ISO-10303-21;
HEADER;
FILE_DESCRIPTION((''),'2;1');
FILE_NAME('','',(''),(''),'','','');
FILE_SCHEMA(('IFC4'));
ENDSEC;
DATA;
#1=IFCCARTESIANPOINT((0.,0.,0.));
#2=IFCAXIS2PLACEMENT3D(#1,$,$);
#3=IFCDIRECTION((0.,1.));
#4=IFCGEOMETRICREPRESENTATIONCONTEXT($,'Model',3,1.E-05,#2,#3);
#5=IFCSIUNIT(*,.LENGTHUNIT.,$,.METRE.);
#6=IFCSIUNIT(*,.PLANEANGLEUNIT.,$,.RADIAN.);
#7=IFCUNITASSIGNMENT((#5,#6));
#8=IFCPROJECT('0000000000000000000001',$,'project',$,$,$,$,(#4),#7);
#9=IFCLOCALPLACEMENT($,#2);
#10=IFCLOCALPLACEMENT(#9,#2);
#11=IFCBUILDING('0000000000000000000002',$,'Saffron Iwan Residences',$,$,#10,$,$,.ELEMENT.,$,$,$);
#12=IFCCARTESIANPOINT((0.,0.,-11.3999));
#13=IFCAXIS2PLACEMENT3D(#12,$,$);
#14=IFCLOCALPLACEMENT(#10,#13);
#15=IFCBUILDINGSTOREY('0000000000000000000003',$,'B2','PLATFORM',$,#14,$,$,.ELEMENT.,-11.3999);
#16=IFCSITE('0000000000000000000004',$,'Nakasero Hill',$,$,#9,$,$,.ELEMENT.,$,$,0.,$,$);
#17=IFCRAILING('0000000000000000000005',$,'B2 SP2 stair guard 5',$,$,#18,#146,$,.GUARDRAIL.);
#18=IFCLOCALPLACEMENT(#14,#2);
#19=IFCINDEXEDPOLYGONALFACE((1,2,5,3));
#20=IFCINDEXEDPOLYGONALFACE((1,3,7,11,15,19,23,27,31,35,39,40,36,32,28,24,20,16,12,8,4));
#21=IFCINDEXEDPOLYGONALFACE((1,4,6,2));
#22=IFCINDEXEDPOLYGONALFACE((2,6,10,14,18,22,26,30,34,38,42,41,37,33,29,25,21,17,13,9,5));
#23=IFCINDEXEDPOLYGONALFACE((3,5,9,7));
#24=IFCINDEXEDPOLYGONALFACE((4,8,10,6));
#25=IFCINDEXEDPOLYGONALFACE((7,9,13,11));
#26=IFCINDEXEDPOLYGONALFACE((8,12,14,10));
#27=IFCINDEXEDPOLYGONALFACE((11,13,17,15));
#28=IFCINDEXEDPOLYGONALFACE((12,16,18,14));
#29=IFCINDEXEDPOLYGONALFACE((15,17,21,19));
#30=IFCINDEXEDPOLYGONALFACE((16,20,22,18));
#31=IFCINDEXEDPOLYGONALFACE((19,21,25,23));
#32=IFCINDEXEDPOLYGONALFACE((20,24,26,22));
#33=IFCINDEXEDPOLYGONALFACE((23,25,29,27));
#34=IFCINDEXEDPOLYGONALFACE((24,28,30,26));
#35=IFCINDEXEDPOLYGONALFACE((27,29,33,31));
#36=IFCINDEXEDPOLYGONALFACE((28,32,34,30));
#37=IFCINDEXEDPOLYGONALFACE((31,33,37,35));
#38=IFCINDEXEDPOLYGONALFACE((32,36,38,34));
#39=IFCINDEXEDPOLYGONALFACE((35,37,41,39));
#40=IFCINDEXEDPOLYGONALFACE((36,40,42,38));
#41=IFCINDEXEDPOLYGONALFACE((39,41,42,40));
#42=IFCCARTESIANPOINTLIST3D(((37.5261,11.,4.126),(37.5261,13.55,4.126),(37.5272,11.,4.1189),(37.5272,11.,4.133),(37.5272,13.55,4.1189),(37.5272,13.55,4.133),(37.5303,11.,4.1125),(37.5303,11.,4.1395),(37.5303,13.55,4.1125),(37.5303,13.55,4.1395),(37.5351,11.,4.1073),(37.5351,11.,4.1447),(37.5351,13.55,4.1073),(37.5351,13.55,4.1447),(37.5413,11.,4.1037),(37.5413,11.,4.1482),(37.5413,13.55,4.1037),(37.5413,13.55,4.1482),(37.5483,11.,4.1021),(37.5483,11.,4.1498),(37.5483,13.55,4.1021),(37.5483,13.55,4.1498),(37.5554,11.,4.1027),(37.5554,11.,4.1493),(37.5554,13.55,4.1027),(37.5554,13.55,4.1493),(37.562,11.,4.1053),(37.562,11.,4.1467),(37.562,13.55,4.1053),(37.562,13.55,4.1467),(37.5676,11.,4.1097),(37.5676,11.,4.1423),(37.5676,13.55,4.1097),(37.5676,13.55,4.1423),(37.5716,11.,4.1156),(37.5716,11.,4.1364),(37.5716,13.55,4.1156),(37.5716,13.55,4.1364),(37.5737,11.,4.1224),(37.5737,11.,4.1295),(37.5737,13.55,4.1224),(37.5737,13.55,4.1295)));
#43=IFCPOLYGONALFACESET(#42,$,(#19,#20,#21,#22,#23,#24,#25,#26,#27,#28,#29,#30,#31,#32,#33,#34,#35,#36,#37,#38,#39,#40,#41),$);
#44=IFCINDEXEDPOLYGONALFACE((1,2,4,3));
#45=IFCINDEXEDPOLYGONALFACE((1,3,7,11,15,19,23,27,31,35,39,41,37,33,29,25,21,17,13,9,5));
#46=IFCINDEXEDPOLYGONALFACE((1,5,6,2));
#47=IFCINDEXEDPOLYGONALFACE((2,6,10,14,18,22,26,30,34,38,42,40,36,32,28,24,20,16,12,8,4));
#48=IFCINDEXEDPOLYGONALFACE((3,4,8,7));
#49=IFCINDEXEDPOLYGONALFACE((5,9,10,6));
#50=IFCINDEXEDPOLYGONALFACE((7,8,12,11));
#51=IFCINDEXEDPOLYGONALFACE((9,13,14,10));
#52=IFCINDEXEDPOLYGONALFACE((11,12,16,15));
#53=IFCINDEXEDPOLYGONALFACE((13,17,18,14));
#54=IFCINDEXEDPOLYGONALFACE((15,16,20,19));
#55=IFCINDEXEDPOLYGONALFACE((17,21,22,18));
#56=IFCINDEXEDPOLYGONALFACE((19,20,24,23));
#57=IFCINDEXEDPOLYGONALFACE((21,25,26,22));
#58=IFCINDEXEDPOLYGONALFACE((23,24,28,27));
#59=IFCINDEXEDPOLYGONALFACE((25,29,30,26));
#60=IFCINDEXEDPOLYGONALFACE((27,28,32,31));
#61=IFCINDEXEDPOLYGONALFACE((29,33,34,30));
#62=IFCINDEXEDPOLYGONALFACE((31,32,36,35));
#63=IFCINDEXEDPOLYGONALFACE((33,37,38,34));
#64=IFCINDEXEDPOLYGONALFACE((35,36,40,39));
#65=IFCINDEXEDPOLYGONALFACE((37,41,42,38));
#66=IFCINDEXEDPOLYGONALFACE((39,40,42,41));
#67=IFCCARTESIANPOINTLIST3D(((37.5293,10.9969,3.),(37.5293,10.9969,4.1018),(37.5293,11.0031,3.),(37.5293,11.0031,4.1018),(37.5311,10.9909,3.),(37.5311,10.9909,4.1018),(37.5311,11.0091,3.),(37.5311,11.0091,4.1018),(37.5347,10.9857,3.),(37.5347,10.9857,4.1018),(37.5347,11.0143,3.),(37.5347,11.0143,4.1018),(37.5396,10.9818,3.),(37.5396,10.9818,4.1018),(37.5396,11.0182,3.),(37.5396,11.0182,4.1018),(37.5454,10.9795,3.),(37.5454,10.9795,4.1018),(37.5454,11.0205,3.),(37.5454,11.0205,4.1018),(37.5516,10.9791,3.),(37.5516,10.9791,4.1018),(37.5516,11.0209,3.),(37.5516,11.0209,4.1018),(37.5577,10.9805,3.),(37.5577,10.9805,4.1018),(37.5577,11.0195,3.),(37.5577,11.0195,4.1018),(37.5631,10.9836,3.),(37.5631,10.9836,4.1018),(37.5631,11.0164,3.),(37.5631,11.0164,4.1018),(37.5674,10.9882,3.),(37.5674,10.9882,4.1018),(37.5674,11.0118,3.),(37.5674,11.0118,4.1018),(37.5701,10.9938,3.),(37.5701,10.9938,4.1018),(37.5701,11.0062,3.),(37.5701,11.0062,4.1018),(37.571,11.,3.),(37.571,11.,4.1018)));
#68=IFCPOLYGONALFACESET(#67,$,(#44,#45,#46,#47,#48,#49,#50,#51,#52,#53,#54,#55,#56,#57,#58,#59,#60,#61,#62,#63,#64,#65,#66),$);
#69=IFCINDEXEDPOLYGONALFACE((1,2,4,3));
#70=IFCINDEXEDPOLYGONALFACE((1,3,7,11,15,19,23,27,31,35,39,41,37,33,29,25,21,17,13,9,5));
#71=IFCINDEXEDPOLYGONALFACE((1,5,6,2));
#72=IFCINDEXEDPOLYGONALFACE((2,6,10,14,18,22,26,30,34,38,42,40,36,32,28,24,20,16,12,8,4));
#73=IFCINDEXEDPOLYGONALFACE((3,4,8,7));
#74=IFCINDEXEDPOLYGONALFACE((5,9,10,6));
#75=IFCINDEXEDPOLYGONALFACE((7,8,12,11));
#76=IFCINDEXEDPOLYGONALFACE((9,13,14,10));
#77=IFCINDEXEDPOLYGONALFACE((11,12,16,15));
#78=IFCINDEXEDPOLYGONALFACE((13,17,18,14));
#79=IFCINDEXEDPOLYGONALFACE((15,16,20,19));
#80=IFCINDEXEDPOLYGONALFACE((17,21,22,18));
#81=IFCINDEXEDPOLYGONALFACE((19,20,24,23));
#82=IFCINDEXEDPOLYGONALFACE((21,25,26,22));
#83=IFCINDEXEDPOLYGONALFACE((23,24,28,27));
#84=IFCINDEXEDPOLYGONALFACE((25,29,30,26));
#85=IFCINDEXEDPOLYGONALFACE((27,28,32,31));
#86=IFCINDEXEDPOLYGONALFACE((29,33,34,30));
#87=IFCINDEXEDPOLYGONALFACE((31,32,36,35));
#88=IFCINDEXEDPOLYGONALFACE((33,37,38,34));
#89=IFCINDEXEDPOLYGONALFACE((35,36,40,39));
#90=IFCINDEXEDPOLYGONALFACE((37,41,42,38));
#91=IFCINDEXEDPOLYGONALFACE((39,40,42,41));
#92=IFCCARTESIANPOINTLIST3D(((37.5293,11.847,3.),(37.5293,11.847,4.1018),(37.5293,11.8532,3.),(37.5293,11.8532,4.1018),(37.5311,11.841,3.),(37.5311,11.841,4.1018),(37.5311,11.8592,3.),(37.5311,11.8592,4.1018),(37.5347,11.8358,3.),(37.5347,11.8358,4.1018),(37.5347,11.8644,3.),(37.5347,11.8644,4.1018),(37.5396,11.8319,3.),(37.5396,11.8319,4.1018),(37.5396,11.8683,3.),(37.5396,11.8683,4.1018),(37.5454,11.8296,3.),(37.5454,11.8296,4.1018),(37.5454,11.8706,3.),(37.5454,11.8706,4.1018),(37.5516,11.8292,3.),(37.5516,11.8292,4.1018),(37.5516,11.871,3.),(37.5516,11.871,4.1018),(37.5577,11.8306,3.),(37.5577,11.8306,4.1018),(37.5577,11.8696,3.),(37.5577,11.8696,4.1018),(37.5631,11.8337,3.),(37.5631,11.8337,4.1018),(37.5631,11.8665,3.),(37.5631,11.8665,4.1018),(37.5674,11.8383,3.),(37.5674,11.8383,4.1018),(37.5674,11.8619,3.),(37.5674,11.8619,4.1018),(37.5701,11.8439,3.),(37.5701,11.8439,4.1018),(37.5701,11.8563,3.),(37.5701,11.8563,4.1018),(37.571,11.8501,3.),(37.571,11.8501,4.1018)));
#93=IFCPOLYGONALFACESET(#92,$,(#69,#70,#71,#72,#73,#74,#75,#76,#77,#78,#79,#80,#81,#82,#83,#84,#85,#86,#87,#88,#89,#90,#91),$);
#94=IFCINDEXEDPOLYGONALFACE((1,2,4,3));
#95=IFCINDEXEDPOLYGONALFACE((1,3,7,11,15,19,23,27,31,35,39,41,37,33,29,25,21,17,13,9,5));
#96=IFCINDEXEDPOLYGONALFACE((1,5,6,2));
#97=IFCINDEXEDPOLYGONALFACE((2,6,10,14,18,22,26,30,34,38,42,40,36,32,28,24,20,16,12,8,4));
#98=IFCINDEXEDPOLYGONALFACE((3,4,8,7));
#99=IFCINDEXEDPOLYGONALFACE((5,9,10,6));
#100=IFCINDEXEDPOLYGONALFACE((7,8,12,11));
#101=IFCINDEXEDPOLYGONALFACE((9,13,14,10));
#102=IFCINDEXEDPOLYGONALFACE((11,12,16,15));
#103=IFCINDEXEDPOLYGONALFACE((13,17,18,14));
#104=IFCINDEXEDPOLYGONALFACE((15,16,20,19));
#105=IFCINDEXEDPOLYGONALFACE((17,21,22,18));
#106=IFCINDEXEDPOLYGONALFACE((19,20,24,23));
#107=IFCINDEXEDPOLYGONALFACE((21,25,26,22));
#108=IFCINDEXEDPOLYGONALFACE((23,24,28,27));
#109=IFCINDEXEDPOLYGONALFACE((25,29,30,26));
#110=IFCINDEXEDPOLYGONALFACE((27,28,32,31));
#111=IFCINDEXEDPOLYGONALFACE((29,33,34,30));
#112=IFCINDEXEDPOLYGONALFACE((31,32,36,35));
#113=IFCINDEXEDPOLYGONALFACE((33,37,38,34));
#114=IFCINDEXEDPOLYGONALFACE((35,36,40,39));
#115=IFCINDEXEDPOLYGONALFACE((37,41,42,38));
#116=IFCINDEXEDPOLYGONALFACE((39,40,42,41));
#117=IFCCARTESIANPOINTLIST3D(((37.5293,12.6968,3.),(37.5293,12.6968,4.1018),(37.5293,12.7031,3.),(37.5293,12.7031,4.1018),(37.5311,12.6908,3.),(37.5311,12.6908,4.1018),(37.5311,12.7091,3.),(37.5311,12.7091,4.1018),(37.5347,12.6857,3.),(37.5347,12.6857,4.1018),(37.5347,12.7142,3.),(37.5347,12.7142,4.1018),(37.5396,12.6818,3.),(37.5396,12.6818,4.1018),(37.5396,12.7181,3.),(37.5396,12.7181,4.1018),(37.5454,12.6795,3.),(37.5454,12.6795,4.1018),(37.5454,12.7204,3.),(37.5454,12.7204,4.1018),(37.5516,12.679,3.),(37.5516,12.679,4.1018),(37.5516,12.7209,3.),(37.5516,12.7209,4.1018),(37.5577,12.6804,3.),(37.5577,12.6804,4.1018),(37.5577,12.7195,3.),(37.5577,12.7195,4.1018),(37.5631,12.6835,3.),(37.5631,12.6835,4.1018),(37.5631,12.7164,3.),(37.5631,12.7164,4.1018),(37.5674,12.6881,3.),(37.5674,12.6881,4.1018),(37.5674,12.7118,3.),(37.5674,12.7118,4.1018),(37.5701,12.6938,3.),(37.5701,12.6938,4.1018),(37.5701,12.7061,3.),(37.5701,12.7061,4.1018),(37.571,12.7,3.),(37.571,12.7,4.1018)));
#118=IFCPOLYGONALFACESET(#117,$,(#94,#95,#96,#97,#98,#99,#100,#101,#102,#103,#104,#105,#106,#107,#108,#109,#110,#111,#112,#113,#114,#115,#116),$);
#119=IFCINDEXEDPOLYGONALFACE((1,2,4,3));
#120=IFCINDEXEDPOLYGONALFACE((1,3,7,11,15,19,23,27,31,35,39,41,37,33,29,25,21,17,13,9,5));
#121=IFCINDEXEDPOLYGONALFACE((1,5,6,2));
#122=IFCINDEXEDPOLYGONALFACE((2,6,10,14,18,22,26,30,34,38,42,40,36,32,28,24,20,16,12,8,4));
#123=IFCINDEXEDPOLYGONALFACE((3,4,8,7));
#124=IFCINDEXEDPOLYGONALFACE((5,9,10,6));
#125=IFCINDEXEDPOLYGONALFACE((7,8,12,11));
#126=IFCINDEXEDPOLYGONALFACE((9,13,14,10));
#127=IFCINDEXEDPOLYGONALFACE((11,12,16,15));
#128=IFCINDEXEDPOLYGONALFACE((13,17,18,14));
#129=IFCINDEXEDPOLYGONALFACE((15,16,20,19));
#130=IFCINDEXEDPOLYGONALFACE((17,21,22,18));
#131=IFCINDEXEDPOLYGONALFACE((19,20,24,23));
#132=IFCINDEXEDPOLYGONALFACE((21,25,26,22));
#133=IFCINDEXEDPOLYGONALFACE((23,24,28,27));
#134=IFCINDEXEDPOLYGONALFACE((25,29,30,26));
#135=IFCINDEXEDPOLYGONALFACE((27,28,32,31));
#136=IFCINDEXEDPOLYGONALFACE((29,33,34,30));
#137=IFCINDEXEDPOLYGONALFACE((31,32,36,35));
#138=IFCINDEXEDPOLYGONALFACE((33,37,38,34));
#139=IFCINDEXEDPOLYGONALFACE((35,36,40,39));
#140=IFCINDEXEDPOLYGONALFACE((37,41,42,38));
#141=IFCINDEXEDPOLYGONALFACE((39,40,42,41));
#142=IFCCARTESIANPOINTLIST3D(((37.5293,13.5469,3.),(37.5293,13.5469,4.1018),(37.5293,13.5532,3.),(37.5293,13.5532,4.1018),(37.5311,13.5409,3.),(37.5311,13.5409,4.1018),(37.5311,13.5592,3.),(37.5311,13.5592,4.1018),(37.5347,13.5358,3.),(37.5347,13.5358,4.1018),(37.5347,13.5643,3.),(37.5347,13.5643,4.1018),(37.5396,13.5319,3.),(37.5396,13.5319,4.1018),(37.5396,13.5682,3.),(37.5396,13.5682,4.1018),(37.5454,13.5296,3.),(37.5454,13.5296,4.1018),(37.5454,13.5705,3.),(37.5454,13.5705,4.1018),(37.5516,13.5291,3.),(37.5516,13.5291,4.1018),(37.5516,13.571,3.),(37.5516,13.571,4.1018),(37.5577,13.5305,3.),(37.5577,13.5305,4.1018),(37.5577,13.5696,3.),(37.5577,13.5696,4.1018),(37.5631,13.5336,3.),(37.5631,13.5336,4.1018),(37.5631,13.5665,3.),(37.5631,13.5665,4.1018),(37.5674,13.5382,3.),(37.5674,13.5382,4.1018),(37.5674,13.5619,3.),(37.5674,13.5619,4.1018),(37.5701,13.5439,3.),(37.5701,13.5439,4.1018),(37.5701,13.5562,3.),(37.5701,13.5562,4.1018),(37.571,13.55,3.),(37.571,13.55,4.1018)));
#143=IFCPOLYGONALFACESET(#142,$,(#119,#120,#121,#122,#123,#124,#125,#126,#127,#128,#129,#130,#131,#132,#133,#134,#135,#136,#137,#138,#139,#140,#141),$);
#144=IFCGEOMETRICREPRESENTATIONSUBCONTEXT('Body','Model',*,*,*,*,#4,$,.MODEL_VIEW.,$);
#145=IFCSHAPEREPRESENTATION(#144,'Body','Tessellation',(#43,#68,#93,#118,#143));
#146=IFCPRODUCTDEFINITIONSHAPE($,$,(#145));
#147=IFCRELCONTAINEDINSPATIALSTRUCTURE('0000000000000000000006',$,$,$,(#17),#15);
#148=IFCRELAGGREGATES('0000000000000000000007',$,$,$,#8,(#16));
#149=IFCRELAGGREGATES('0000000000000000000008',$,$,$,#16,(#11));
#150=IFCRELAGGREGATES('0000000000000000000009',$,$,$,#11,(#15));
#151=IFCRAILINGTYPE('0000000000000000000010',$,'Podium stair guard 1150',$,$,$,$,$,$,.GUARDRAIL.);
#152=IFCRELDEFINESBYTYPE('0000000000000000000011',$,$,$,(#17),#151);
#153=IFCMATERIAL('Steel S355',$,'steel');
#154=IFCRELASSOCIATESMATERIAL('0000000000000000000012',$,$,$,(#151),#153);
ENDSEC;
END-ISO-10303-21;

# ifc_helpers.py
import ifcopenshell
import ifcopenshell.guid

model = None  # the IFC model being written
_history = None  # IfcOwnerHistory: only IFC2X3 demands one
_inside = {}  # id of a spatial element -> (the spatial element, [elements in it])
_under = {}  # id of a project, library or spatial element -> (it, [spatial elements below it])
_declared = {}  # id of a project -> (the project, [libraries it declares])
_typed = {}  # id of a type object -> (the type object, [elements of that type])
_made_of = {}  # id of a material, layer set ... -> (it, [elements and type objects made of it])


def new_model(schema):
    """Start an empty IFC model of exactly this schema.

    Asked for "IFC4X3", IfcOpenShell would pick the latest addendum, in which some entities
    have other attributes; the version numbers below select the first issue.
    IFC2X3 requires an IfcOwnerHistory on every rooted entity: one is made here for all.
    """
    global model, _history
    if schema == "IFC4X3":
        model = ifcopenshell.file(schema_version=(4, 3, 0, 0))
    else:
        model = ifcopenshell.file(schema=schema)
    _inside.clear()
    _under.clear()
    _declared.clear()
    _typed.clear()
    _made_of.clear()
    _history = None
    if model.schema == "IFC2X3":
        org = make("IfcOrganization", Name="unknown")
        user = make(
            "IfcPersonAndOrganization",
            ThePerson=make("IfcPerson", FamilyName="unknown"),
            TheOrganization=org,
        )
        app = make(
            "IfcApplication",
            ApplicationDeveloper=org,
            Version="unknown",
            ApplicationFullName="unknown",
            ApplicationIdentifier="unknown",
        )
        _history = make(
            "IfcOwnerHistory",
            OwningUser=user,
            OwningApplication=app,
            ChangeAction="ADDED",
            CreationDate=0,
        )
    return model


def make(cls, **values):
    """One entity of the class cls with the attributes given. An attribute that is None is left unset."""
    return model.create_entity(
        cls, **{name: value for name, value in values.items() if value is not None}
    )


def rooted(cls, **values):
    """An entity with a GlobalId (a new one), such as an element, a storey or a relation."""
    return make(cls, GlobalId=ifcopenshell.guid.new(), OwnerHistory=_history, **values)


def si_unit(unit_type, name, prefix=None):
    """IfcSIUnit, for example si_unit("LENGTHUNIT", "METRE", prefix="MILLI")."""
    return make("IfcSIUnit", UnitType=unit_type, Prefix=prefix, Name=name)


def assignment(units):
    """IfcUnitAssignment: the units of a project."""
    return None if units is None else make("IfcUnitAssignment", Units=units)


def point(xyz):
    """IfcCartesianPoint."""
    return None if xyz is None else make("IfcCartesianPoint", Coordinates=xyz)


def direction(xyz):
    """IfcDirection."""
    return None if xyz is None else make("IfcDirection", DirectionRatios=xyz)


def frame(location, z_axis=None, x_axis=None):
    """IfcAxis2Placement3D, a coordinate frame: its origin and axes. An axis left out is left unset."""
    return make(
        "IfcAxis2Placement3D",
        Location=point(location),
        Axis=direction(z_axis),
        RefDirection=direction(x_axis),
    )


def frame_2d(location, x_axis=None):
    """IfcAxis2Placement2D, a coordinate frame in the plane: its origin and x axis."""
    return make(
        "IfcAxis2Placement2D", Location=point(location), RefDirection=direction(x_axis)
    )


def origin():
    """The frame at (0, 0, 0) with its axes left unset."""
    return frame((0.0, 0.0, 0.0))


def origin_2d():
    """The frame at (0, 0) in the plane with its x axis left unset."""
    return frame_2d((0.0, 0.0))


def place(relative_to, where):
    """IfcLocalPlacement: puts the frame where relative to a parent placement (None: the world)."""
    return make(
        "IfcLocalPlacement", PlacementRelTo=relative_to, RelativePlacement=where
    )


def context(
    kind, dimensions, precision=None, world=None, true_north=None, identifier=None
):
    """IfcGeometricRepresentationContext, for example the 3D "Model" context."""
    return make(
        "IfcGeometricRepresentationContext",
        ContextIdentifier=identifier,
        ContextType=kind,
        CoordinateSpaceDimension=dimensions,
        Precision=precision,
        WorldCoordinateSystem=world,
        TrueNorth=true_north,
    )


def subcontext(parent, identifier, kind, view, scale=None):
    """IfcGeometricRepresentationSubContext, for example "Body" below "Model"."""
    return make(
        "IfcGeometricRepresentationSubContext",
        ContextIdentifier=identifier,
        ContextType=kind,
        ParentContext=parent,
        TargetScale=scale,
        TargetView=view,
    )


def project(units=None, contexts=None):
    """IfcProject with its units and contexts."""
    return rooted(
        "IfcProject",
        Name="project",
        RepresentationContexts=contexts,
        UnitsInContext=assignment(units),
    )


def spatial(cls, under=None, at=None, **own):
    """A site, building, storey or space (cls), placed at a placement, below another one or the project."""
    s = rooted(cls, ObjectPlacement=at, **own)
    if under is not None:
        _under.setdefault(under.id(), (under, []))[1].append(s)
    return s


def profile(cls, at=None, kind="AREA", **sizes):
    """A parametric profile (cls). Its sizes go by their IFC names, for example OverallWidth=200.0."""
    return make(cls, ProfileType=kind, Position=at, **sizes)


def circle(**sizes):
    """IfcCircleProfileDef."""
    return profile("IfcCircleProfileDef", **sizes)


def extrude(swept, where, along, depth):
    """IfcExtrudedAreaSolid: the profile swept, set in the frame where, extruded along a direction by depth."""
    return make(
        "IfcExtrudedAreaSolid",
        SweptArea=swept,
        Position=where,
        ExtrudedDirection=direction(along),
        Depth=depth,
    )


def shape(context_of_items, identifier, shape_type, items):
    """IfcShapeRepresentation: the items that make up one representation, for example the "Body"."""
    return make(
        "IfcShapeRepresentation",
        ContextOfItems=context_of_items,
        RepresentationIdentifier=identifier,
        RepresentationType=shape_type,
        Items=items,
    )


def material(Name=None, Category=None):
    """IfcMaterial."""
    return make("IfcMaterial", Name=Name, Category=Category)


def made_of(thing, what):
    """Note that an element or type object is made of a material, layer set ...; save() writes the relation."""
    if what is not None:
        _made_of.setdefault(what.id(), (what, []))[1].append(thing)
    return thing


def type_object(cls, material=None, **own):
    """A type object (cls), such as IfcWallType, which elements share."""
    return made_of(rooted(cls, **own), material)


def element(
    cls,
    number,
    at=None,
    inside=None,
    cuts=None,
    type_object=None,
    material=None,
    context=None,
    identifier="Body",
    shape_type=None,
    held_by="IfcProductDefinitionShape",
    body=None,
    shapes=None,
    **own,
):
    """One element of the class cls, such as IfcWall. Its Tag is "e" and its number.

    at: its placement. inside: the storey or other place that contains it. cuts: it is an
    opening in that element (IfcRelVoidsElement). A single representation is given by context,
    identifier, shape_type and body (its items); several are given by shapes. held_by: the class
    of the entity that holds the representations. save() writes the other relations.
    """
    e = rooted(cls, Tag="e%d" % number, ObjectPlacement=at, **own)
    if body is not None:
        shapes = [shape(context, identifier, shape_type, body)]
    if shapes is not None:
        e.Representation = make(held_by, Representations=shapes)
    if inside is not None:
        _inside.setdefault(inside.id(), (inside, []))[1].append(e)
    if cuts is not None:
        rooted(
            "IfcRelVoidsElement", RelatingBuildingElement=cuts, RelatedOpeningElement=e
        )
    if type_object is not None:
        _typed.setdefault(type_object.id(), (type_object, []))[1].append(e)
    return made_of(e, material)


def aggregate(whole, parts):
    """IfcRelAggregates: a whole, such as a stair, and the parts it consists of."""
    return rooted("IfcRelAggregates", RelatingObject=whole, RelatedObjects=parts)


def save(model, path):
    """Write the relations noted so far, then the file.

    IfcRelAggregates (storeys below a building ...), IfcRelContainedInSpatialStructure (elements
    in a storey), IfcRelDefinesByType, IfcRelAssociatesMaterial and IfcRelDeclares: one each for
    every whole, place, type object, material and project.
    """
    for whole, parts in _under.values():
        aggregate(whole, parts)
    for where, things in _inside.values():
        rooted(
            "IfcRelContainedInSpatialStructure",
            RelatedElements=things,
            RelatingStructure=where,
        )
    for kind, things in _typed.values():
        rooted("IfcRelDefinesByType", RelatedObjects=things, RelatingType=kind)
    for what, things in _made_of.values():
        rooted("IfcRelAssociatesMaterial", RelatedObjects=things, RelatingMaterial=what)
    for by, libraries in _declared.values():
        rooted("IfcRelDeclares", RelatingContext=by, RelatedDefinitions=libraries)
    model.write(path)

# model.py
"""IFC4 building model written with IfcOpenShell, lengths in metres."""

from ifc_helpers import new_model, si_unit, direction, frame, origin, origin_2d, place, context, subcontext, project, spatial, circle, extrude, material, type_object, element, save


model = new_model("IFC4")

# Units and contexts
model_context = context("Model", 3, precision=1e-05, world=origin(), true_north=direction((0.0, 1.0)))
body_context = subcontext(model_context, "Body", "Model", "MODEL_VIEW")
ifc_project = project(units=[si_unit("LENGTHUNIT", "METRE"), si_unit("PLANEANGLEUNIT", "RADIAN")], contexts=[model_context])

# Site, building, storey
site_placement = place(None, origin())
site = spatial("IfcSite", under=ifc_project, at=site_placement, Name="Nakasero Hill", CompositionType="ELEMENT", RefElevation=0.0)
building_placement = place(site_placement, origin())
building = spatial("IfcBuilding", under=site, at=building_placement, Name="Saffron Iwan Residences", CompositionType="ELEMENT")
storey_placement = place(building_placement, frame((0.0, 0.0, -11.3999)))
storey = spatial("IfcBuildingStorey", under=building, at=storey_placement, Name="B2", Description="PLATFORM", CompositionType="ELEMENT", Elevation=-11.3999)

# Railing
ifc_material_1 = material(Name="Steel S355", Category="steel")
railing_type_1 = type_object("IfcRailingType", Name="Podium stair guard 1150", PredefinedType="GUARDRAIL", material=ifc_material_1)
railing_1_placement = place(storey_placement, frame((37.55, 11.0, 3.0)))
element("IfcRailing", 1, at=railing_1_placement, inside=storey, type_object=railing_type_1, Name="B2 SP2 stair guard 5", PredefinedType="GUARDRAIL", context=body_context, shape_type="SweptSolid", body=[
    extrude(circle(Radius=0.0239, at=origin_2d()), frame((0.0, 0.0, 1.126), z_axis=(0.0, 1.0, 0.0), x_axis=(-1.0, 0.0, 0.0)), (0.0, 0.0, 1.0), 2.55),
    extrude(circle(Radius=0.021, at=origin_2d()), origin(), (0.0, 0.0, 1.0), 1.1018),
    extrude(circle(Radius=0.021, at=origin_2d()), frame((0.0, 0.8501, 0.0)), (0.0, 0.0, 1.0), 1.1018),
    extrude(circle(Radius=0.021, at=origin_2d()), frame((0.0, 1.7, 0.0)), (0.0, 0.0, 1.0), 1.1018),
    extrude(circle(Radius=0.021, at=origin_2d()), frame((0.0, 2.55, 0.0)), (0.0, 0.0, 1.0), 1.1018),
])

save(model, "model.ifc")
